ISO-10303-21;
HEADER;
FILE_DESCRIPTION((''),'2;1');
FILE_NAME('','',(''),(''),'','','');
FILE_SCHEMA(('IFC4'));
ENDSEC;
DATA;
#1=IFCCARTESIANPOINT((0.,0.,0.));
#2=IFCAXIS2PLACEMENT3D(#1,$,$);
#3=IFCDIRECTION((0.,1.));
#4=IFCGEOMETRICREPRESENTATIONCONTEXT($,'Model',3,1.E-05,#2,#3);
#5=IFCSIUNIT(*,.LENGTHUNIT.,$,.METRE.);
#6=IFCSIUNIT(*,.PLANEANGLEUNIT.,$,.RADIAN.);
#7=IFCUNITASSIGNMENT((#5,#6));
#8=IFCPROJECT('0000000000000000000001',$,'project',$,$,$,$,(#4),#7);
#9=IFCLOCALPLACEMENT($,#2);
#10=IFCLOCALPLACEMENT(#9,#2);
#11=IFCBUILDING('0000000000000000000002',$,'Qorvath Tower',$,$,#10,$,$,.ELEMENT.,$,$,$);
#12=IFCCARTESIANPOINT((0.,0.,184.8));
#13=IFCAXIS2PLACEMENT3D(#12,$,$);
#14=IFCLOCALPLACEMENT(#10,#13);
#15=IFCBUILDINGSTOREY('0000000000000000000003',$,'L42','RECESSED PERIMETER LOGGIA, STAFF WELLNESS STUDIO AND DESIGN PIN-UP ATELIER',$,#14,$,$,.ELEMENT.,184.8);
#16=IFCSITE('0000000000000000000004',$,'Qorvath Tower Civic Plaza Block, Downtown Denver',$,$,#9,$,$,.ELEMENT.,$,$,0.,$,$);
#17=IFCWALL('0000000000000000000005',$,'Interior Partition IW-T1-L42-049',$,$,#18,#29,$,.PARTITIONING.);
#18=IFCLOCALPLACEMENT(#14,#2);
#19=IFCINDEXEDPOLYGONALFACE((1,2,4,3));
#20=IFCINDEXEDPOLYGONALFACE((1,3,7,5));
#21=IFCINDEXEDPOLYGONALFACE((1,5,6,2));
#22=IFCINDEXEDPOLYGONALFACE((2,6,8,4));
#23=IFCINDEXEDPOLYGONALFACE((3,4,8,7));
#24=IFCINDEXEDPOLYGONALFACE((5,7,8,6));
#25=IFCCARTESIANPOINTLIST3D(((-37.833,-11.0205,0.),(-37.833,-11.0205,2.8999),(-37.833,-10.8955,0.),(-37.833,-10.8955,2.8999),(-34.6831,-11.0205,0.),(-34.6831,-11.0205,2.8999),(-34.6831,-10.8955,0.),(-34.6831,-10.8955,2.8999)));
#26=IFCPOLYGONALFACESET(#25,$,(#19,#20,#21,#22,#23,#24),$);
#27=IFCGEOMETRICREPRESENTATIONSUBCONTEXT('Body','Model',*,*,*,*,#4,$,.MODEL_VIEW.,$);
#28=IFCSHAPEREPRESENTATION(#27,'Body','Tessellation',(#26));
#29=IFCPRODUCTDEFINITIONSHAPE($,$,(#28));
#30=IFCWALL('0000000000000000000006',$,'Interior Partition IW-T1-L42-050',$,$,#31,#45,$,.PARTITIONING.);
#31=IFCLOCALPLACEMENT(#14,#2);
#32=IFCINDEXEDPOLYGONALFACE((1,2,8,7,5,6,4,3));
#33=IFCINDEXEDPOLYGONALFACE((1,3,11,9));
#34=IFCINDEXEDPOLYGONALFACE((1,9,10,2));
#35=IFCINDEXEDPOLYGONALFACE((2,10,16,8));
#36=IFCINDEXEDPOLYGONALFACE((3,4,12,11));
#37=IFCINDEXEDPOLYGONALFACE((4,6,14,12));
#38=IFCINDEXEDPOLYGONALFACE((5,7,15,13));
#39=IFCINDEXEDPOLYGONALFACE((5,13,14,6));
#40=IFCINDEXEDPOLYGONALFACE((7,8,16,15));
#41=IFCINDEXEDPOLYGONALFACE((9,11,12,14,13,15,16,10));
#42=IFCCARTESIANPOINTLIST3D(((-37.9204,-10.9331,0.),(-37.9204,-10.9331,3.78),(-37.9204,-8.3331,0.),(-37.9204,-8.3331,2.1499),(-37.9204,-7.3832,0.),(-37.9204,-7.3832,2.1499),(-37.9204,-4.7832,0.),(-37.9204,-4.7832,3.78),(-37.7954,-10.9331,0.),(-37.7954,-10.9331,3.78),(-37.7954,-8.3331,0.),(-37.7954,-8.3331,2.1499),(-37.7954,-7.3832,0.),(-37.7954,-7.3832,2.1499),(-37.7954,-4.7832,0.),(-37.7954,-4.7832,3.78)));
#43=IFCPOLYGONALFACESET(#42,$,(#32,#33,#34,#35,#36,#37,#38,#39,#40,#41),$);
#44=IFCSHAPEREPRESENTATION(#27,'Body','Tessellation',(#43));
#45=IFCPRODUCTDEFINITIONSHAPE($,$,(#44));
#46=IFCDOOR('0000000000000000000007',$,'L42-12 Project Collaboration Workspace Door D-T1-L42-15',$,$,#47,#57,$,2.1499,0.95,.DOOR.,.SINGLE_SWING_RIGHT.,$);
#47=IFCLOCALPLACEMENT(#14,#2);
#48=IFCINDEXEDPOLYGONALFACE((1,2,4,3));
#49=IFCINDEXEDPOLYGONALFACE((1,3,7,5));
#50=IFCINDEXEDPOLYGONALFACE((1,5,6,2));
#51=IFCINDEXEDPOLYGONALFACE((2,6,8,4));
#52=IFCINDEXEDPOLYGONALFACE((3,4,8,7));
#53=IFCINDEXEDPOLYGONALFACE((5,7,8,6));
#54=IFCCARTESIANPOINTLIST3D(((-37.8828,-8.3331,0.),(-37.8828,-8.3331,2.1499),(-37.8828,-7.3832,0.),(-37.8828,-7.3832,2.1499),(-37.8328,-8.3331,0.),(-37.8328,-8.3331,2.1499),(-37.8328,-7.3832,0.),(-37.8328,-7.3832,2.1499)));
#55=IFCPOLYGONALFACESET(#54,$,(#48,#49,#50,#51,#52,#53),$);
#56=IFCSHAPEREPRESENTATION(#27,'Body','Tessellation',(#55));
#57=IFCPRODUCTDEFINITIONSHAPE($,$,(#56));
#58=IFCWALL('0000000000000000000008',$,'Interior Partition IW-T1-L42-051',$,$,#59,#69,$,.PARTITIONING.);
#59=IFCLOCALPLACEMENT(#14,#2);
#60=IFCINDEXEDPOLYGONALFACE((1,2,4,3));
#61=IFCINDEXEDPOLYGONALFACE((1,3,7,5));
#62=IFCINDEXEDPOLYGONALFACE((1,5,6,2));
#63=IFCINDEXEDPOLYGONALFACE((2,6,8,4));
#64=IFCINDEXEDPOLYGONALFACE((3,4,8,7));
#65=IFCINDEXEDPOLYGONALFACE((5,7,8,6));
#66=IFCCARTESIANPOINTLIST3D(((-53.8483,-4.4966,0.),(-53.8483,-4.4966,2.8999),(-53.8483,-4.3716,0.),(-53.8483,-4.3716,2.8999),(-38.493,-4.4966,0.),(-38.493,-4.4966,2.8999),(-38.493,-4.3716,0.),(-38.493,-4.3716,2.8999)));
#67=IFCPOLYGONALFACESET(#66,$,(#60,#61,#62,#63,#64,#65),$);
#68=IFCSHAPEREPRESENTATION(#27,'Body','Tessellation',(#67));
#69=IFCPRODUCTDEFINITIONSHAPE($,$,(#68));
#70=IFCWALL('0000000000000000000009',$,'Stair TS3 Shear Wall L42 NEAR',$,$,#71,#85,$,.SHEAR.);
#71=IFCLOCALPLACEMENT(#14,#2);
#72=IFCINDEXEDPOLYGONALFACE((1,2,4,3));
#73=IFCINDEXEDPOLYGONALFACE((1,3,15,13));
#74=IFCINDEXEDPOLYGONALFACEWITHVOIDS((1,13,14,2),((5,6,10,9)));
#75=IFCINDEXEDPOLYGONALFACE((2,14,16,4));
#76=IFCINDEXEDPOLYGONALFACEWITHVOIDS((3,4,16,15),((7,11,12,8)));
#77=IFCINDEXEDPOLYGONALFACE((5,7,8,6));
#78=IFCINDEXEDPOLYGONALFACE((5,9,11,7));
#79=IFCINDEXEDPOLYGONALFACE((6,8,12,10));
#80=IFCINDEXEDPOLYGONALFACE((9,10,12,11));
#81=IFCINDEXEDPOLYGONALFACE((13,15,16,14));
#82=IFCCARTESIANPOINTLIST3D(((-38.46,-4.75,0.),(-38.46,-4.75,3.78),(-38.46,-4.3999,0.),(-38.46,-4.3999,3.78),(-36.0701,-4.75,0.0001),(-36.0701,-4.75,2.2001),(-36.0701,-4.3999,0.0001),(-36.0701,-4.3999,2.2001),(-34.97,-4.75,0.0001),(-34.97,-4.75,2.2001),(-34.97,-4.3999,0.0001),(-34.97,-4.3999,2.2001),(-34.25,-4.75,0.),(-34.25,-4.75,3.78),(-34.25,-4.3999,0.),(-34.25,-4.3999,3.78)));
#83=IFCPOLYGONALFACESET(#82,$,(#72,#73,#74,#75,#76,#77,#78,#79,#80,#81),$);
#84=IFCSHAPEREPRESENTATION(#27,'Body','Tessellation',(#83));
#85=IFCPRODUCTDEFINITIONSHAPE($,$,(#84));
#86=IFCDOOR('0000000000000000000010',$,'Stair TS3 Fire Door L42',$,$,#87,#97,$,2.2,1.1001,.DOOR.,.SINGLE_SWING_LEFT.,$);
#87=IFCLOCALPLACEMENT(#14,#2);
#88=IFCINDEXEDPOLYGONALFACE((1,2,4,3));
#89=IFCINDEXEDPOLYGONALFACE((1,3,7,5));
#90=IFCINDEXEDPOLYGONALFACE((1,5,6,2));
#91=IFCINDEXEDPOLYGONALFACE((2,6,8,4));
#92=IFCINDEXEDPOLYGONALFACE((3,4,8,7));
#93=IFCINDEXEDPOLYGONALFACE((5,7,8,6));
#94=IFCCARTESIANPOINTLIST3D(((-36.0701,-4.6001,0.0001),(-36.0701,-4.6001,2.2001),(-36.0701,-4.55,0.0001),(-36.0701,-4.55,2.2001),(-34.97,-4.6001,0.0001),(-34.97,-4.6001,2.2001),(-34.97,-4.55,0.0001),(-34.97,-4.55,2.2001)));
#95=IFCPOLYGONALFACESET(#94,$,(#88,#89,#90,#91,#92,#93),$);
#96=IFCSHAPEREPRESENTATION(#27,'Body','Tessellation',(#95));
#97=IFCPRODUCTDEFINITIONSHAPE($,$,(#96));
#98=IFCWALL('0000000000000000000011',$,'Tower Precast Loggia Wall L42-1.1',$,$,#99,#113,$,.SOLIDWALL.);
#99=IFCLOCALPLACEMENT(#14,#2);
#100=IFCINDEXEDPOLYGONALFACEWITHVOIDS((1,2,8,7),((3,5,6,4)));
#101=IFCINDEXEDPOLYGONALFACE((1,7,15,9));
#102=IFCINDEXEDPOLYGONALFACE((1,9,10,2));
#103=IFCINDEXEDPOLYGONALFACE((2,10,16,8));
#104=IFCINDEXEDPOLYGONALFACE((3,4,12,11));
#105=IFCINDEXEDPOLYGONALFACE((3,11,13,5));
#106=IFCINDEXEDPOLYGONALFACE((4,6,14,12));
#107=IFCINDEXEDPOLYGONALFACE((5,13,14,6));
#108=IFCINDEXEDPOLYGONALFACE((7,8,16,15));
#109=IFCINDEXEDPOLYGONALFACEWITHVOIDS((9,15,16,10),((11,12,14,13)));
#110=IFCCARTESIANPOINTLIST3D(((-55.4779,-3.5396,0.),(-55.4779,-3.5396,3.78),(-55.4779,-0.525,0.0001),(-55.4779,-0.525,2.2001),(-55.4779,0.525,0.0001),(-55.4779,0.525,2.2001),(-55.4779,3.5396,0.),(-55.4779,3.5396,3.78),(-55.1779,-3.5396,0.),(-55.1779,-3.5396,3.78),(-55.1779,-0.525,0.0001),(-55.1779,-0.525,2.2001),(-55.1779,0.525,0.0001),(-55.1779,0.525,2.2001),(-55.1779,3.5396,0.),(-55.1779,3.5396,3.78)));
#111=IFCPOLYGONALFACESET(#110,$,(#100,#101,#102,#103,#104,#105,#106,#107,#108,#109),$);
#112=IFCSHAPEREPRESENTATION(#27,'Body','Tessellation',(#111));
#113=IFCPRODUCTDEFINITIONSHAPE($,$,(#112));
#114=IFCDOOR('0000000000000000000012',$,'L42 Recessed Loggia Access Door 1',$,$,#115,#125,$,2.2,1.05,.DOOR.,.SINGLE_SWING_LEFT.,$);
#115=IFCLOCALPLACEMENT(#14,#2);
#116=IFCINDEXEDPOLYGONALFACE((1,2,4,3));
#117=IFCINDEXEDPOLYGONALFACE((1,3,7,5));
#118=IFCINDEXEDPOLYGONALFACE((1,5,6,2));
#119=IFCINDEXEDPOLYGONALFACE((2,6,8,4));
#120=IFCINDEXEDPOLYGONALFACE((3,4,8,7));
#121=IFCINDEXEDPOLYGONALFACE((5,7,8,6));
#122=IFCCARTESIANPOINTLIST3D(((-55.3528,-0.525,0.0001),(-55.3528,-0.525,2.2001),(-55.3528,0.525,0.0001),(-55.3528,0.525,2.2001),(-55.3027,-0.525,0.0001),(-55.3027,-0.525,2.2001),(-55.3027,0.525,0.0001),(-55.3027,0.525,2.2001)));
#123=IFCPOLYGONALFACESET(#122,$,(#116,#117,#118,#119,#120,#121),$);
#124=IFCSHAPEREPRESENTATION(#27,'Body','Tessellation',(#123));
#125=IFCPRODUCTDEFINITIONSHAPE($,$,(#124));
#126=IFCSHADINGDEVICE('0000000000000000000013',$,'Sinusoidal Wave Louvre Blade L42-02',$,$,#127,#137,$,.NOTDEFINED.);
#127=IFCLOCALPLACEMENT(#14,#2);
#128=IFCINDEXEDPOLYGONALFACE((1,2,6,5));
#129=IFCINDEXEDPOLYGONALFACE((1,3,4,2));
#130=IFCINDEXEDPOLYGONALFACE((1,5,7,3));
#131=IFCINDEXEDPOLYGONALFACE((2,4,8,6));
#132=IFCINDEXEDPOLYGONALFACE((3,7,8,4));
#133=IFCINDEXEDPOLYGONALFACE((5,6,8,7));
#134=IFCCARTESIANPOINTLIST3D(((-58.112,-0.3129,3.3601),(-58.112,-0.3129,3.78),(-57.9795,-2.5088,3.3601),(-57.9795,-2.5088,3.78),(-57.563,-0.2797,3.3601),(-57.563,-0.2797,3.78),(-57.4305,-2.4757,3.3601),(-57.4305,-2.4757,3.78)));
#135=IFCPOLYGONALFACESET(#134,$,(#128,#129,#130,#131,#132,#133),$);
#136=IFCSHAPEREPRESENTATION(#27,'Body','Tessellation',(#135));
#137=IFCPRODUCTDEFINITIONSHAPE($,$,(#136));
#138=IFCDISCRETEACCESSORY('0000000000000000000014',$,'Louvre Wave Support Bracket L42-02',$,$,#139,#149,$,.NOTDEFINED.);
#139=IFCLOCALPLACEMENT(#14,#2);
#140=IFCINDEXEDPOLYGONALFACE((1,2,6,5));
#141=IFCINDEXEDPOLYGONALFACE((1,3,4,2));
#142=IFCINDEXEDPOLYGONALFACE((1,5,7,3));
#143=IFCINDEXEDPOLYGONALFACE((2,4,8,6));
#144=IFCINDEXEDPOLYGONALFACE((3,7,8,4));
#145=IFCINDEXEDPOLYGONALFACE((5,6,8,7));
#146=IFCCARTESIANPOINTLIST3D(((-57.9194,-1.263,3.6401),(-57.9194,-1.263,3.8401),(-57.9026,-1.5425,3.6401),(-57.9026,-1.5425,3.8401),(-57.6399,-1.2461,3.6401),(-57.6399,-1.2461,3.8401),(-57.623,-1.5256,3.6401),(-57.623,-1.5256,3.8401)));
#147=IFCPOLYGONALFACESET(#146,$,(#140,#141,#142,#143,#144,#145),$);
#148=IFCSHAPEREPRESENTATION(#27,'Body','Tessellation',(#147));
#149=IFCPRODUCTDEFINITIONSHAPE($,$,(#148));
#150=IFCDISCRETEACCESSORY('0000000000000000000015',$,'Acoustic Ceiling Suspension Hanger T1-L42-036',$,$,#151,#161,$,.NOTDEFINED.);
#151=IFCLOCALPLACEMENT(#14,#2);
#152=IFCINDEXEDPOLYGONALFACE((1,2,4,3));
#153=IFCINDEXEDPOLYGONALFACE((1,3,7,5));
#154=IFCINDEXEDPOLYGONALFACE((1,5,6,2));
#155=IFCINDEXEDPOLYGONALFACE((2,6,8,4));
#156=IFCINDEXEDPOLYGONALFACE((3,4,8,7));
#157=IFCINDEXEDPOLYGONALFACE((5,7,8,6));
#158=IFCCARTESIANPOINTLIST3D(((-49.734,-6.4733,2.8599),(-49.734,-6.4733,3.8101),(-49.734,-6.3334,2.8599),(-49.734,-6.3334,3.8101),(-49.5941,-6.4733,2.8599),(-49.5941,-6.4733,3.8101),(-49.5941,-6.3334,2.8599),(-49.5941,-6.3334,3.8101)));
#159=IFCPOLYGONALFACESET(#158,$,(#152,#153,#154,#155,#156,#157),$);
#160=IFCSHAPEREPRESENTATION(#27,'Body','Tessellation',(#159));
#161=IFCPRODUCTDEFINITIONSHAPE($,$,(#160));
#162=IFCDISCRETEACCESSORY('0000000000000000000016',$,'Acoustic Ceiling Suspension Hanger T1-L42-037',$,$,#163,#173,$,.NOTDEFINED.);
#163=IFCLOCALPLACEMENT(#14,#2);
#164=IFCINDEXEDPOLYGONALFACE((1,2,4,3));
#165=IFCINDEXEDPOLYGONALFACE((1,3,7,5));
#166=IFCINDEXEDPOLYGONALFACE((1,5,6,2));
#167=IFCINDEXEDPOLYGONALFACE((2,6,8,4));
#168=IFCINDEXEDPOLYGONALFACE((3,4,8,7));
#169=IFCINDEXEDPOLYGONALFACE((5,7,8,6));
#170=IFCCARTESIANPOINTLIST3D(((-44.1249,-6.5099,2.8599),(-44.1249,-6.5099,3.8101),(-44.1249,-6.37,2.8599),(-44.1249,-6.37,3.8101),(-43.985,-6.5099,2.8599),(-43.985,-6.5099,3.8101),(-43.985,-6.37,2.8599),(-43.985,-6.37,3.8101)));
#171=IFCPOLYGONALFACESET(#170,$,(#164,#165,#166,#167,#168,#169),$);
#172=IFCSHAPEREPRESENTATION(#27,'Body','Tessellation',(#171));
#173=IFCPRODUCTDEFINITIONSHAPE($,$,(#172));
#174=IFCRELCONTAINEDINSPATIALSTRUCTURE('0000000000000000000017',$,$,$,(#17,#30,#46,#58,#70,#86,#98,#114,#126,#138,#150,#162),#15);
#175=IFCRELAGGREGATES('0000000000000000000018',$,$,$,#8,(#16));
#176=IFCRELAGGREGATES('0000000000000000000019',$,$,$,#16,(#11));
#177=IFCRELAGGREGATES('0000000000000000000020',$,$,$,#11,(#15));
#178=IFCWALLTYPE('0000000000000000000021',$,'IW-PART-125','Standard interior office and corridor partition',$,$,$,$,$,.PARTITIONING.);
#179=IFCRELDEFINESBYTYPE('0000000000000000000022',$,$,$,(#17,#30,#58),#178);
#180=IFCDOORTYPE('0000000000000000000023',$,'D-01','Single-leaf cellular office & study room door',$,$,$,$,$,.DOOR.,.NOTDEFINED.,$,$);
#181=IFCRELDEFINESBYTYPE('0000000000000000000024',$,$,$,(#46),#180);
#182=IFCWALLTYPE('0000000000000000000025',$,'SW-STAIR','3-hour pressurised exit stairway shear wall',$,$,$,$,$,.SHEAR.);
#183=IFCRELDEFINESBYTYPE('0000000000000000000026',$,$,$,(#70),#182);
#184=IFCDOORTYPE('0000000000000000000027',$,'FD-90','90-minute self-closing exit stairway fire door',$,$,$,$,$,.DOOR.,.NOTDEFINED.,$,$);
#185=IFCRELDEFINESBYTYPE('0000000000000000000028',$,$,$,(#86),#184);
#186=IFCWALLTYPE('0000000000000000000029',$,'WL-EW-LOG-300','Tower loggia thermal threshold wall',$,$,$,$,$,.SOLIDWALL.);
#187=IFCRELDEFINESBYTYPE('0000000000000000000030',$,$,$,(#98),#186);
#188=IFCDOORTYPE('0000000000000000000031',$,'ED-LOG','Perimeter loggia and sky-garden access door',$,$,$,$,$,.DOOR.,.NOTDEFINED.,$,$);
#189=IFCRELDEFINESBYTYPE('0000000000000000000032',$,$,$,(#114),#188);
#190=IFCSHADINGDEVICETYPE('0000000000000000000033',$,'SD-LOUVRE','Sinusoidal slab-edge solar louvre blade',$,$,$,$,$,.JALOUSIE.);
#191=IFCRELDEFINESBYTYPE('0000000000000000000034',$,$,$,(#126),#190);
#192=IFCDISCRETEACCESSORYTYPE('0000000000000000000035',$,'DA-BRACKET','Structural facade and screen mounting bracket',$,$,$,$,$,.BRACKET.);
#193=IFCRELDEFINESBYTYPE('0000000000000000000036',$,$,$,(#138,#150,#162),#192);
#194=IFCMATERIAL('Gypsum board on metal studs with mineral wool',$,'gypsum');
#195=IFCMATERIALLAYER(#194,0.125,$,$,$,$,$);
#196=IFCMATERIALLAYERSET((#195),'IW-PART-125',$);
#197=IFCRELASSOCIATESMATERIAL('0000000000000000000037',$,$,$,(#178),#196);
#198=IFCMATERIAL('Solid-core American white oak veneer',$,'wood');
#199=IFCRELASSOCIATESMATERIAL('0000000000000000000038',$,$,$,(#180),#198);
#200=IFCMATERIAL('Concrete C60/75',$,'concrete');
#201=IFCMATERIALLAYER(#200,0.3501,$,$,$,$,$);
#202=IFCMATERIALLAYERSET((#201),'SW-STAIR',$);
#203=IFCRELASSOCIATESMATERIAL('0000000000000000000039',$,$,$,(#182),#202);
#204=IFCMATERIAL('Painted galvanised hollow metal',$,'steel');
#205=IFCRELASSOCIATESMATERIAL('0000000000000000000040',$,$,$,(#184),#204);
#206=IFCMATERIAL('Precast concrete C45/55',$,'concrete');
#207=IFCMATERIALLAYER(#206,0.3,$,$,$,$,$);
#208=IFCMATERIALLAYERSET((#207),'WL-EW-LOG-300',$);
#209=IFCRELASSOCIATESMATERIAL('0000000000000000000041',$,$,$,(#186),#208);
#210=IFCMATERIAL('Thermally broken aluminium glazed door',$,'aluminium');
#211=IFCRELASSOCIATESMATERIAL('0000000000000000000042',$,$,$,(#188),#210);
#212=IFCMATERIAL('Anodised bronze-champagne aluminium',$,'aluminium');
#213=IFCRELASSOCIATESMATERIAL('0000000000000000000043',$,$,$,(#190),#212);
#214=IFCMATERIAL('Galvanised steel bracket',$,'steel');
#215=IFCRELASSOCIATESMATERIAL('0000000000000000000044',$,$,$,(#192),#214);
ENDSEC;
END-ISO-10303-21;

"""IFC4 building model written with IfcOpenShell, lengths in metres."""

from ifc_helpers import new_model, si_unit, direction, frame, frame_2d, origin, origin_2d, place, context, subcontext, project, spatial, rectangle, extrude, material, layer, layer_set, type_object, element, fill, save


model = new_model("IFC4")

# Units and contexts
model_context = context("Model", 3, precision=1e-05, world=origin(), true_north=direction((0.0, 1.0)))
body_context = subcontext(model_context, "Body", "Model", "MODEL_VIEW")
ifc_project = project(units=[si_unit("LENGTHUNIT", "METRE"), si_unit("PLANEANGLEUNIT", "RADIAN")], contexts=[model_context])

# Site, building, storey
site_placement = place(None, origin())
site = spatial("IfcSite", under=ifc_project, at=site_placement, Name="Qorvath Tower Civic Plaza Block, Downtown Denver", CompositionType="ELEMENT", RefElevation=0.0)
building_placement = place(site_placement, origin())
building = spatial("IfcBuilding", under=site, at=building_placement, Name="Qorvath Tower", CompositionType="ELEMENT")
storey_placement = place(building_placement, frame((0.0, 0.0, 184.8)))
storey = spatial("IfcBuildingStorey", under=building, at=storey_placement, Name="L42", Description="RECESSED PERIMETER LOGGIA, STAFF WELLNESS STUDIO AND DESIGN PIN-UP ATELIER", CompositionType="ELEMENT", Elevation=184.8)

# Wall
ifc_material_1 = material(Name="Gypsum board on metal studs with mineral wool", Category="gypsum")
ifc_layer_1 = layer(ifc_material_1, 0.125)
ifc_layer_set_1 = layer_set([ifc_layer_1], Name="IW-PART-125")
wall_type_1 = type_object("IfcWallType", Name="IW-PART-125", Description="Standard interior office and corridor partition", PredefinedType="PARTITIONING", material=ifc_layer_set_1)
wall_1_placement = place(storey_placement, frame((-37.833, -10.958, 0.0), z_axis=(0.0, 0.0, 1.0), x_axis=(1.0, 0.0, 0.0)))
element("IfcWall", 1, at=wall_1_placement, inside=storey, type_object=wall_type_1, Name="Interior Partition IW-T1-L42-049", PredefinedType="PARTITIONING", context=body_context, shape_type="SweptSolid", body=[
    extrude(rectangle(XDim=3.1499, YDim=0.125, at=frame_2d((1.575, 0.0))), origin(), (0.0, 0.0, 1.0), 2.8999),
])

# Wall, opening, door
wall_2_placement = place(storey_placement, frame((-37.8579, -10.9331, 0.0), z_axis=(0.0, 0.0, 1.0), x_axis=(0.0, 1.0, 0.0)))
wall_2 = element("IfcWall", 2, at=wall_2_placement, inside=storey, type_object=wall_type_1, Name="Interior Partition IW-T1-L42-050", PredefinedType="PARTITIONING", context=body_context, shape_type="SweptSolid", body=[
    extrude(rectangle(XDim=6.1499, YDim=0.125, at=frame_2d((3.075, 0.0))), origin(), (0.0, 0.0, 1.0), 3.78),
])
opening_1_placement = place(wall_2_placement, frame((2.5999, 0.0, 0.0)))
opening_1 = element("IfcOpeningElement", 3, at=opening_1_placement, cuts=wall_2, PredefinedType="OPENING", context=body_context, shape_type="SweptSolid", body=[
    extrude(rectangle(XDim=0.95, YDim=2.1499, at=frame_2d((0.4751, 1.075))), frame((0.0, 0.0725, 0.0), z_axis=(0.0, -1.0, 0.0), x_axis=(1.0, 0.0, 0.0)), (0.0, 0.0, 1.0), 0.145),
])
ifc_material_2 = material(Name="Solid-core American white oak veneer", Category="wood")
door_type_1 = type_object("IfcDoorType", Name="D-01", Description="Single-leaf cellular office & study room door", OperationType="NOTDEFINED", PredefinedType="DOOR", material=ifc_material_2)
door_1_placement = place(opening_1_placement, origin())
door_1 = element("IfcDoor", 4, at=door_1_placement, inside=storey, type_object=door_type_1, Name="L42-12 Project Collaboration Workspace Door D-T1-L42-15", OperationType="SINGLE_SWING_RIGHT", OverallHeight=2.1499, OverallWidth=0.95, PredefinedType="DOOR", context=body_context, shape_type="SweptSolid", body=[
    extrude(rectangle(XDim=0.95, YDim=2.1499, at=frame_2d((0.4751, 1.075))), frame((0.0, 0.0249, 0.0), z_axis=(0.0, -1.0, 0.0), x_axis=(1.0, 0.0, 0.0)), (0.0, 0.0, 1.0), 0.05),
])
fill(opening_1, door_1)

# Wall
wall_3_placement = place(storey_placement, frame((-38.4929, -4.4341, 0.0), z_axis=(0.0, 0.0, 1.0), x_axis=(-1.0, 0.0, 0.0)))
element("IfcWall", 5, at=wall_3_placement, inside=storey, type_object=wall_type_1, Name="Interior Partition IW-T1-L42-051", PredefinedType="PARTITIONING", context=body_context, shape_type="SweptSolid", body=[
    extrude(rectangle(XDim=15.3552, YDim=0.125, at=frame_2d((7.6777, 0.0))), origin(), (0.0, 0.0, 1.0), 2.8999),
])

# Walls, openings, doors
ifc_material_3 = material(Name="Concrete C60/75", Category="concrete")
ifc_layer_2 = layer(ifc_material_3, 0.3501)
ifc_layer_set_2 = layer_set([ifc_layer_2], Name="SW-STAIR")
wall_type_2 = type_object("IfcWallType", Name="SW-STAIR", Description="3-hour pressurised exit stairway shear wall", PredefinedType="SHEAR", material=ifc_layer_set_2)
wall_4_placement = place(storey_placement, frame((-38.46, -4.575, 0.0), z_axis=(0.0, 0.0, 1.0), x_axis=(1.0, 0.0, 0.0)))
wall_4 = element("IfcWall", 6, at=wall_4_placement, inside=storey, type_object=wall_type_2, Name="Stair TS3 Shear Wall L42 NEAR", PredefinedType="SHEAR", context=body_context, shape_type="SweptSolid", body=[
    extrude(rectangle(XDim=4.21, YDim=0.3501, at=frame_2d((2.105, 0.0))), origin(), (0.0, 0.0, 1.0), 3.78),
])
opening_2_placement = place(wall_4_placement, frame((2.3899, 0.0, 0.0)))
opening_2 = element("IfcOpeningElement", 7, at=opening_2_placement, cuts=wall_4, PredefinedType="OPENING", context=body_context, shape_type="SweptSolid", body=[
    extrude(rectangle(XDim=1.1001, YDim=2.2, at=frame_2d((0.55, 1.1001))), frame((0.0, 0.1851, 0.0), z_axis=(0.0, -1.0, 0.0), x_axis=(1.0, 0.0, 0.0)), (0.0, 0.0, 1.0), 0.3701),
])
ifc_material_4 = material(Name="Painted galvanised hollow metal", Category="steel")
door_type_2 = type_object("IfcDoorType", Name="FD-90", Description="90-minute self-closing exit stairway fire door", OperationType="NOTDEFINED", PredefinedType="DOOR", material=ifc_material_4)
door_2_placement = place(opening_2_placement, origin())
door_2 = element("IfcDoor", 8, at=door_2_placement, inside=storey, type_object=door_type_2, Name="Stair TS3 Fire Door L42", OperationType="SINGLE_SWING_LEFT", OverallHeight=2.2, OverallWidth=1.1001, PredefinedType="DOOR", context=body_context, shape_type="SweptSolid", body=[
    extrude(rectangle(XDim=1.1001, YDim=2.2, at=frame_2d((0.55, 1.1001))), frame((0.0, 0.0249, 0.0), z_axis=(0.0, -1.0, 0.0), x_axis=(1.0, 0.0, 0.0)), (0.0, 0.0, 1.0), 0.05),
])
fill(opening_2, door_2)
ifc_material_5 = material(Name="Precast concrete C45/55", Category="concrete")
ifc_layer_3 = layer(ifc_material_5, 0.3)
ifc_layer_set_3 = layer_set([ifc_layer_3], Name="WL-EW-LOG-300")
wall_type_3 = type_object("IfcWallType", Name="WL-EW-LOG-300", Description="Tower loggia thermal threshold wall", PredefinedType="SOLIDWALL", material=ifc_layer_set_3)
wall_5_placement = place(storey_placement, frame((-55.3279, -3.5396, 0.0), z_axis=(0.0, 0.0, 1.0), x_axis=(0.0, 1.0, 0.0)))
wall_5 = element("IfcWall", 9, at=wall_5_placement, inside=storey, type_object=wall_type_3, Name="Tower Precast Loggia Wall L42-1.1", PredefinedType="SOLIDWALL", context=body_context, shape_type="SweptSolid", body=[
    extrude(rectangle(XDim=7.0791, YDim=0.3, at=frame_2d((3.5396, 0.0))), origin(), (0.0, 0.0, 1.0), 3.78),
])
opening_3_placement = place(wall_5_placement, frame((3.0146, 0.0, 0.0)))
opening_3 = element("IfcOpeningElement", 10, at=opening_3_placement, cuts=wall_5, PredefinedType="OPENING", context=body_context, shape_type="SweptSolid", body=[
    extrude(rectangle(XDim=1.05, YDim=2.2, at=frame_2d((0.5249, 1.1001))), frame((0.0, 0.1602, 0.0), z_axis=(0.0, -1.0, 0.0), x_axis=(1.0, 0.0, 0.0)), (0.0, 0.0, 1.0), 0.3201),
])
ifc_material_6 = material(Name="Thermally broken aluminium glazed door", Category="aluminium")
door_type_3 = type_object("IfcDoorType", Name="ED-LOG", Description="Perimeter loggia and sky-garden access door", OperationType="NOTDEFINED", PredefinedType="DOOR", material=ifc_material_6)
door_3_placement = place(opening_3_placement, origin())
door_3 = element("IfcDoor", 11, at=door_3_placement, inside=storey, type_object=door_type_3, Name="L42 Recessed Loggia Access Door 1", OperationType="SINGLE_SWING_LEFT", OverallHeight=2.2, OverallWidth=1.05, PredefinedType="DOOR", context=body_context, shape_type="SweptSolid", body=[
    extrude(rectangle(XDim=1.05, YDim=2.2, at=frame_2d((0.5249, 1.1001))), frame((0.0, 0.0249, 0.0), z_axis=(0.0, -1.0, 0.0), x_axis=(1.0, 0.0, 0.0)), (0.0, 0.0, 1.0), 0.05),
])
fill(opening_3, door_3)

# Shading device
ifc_material_7 = material(Name="Anodised bronze-champagne aluminium", Category="aluminium")
shading_device_type = type_object("IfcShadingDeviceType", Name="SD-LOUVRE", Description="Sinusoidal slab-edge solar louvre blade", PredefinedType="JALOUSIE", material=ifc_material_7)
shading_device_placement = place(storey_placement, frame((-57.7712, -1.3943, 3.3601), z_axis=(0.0, 0.0, 1.0), x_axis=(0.060231, -0.998184, 0.0)))
element("IfcShadingDevice", 12, at=shading_device_placement, inside=storey, type_object=shading_device_type, Name="Sinusoidal Wave Louvre Blade L42-02", PredefinedType="NOTDEFINED", context=body_context, shape_type="SweptSolid", body=[
    extrude(rectangle(XDim=2.2, YDim=0.55, at=origin_2d()), origin(), (0.0, 0.0, 1.0), 0.4199),
])

# Discrete accessories
ifc_material_8 = material(Name="Galvanised steel bracket", Category="steel")
discrete_accessory_type = type_object("IfcDiscreteAccessoryType", Name="DA-BRACKET", Description="Structural facade and screen mounting bracket", PredefinedType="BRACKET", material=ifc_material_8)
discrete_accessory_placement = place(storey_placement, frame((-57.7712, -1.3943, 3.6401), z_axis=(0.0, 0.0, 1.0), x_axis=(0.060231, -0.998184, 0.0)))
element("IfcDiscreteAccessory", 13, at=discrete_accessory_placement, inside=storey, type_object=discrete_accessory_type, Name="Louvre Wave Support Bracket L42-02", PredefinedType="NOTDEFINED", context=body_context, shape_type="SweptSolid", body=[
    extrude(rectangle(XDim=0.28, YDim=0.28, at=origin_2d()), origin(), (0.0, 0.0, 1.0), 0.2),
])
for number, where, z_axis, x_axis, name in (
    (14, (-49.6641, -6.4033, 2.8599), (0.0, 0.0, 1.0), (1.0, 0.0, 0.0), "Acoustic Ceiling Suspension Hanger T1-L42-036"),
    (15, (-44.0549, -6.4399, 2.8599), (0.0, 0.0, 1.0), (1.0, 0.0, 0.0), "Acoustic Ceiling Suspension Hanger T1-L42-037"),
):
    element("IfcDiscreteAccessory", number, at=place(storey_placement, frame(where, z_axis=z_axis, x_axis=x_axis)), inside=storey, type_object=discrete_accessory_type, Name=name, PredefinedType="NOTDEFINED", context=body_context, shape_type="SweptSolid", body=[
        extrude(rectangle(XDim=0.1399, YDim=0.1399, at=origin_2d()), origin(), (0.0, 0.0, 1.0), 0.9502),
    ])

save(model, "model.ifc")
